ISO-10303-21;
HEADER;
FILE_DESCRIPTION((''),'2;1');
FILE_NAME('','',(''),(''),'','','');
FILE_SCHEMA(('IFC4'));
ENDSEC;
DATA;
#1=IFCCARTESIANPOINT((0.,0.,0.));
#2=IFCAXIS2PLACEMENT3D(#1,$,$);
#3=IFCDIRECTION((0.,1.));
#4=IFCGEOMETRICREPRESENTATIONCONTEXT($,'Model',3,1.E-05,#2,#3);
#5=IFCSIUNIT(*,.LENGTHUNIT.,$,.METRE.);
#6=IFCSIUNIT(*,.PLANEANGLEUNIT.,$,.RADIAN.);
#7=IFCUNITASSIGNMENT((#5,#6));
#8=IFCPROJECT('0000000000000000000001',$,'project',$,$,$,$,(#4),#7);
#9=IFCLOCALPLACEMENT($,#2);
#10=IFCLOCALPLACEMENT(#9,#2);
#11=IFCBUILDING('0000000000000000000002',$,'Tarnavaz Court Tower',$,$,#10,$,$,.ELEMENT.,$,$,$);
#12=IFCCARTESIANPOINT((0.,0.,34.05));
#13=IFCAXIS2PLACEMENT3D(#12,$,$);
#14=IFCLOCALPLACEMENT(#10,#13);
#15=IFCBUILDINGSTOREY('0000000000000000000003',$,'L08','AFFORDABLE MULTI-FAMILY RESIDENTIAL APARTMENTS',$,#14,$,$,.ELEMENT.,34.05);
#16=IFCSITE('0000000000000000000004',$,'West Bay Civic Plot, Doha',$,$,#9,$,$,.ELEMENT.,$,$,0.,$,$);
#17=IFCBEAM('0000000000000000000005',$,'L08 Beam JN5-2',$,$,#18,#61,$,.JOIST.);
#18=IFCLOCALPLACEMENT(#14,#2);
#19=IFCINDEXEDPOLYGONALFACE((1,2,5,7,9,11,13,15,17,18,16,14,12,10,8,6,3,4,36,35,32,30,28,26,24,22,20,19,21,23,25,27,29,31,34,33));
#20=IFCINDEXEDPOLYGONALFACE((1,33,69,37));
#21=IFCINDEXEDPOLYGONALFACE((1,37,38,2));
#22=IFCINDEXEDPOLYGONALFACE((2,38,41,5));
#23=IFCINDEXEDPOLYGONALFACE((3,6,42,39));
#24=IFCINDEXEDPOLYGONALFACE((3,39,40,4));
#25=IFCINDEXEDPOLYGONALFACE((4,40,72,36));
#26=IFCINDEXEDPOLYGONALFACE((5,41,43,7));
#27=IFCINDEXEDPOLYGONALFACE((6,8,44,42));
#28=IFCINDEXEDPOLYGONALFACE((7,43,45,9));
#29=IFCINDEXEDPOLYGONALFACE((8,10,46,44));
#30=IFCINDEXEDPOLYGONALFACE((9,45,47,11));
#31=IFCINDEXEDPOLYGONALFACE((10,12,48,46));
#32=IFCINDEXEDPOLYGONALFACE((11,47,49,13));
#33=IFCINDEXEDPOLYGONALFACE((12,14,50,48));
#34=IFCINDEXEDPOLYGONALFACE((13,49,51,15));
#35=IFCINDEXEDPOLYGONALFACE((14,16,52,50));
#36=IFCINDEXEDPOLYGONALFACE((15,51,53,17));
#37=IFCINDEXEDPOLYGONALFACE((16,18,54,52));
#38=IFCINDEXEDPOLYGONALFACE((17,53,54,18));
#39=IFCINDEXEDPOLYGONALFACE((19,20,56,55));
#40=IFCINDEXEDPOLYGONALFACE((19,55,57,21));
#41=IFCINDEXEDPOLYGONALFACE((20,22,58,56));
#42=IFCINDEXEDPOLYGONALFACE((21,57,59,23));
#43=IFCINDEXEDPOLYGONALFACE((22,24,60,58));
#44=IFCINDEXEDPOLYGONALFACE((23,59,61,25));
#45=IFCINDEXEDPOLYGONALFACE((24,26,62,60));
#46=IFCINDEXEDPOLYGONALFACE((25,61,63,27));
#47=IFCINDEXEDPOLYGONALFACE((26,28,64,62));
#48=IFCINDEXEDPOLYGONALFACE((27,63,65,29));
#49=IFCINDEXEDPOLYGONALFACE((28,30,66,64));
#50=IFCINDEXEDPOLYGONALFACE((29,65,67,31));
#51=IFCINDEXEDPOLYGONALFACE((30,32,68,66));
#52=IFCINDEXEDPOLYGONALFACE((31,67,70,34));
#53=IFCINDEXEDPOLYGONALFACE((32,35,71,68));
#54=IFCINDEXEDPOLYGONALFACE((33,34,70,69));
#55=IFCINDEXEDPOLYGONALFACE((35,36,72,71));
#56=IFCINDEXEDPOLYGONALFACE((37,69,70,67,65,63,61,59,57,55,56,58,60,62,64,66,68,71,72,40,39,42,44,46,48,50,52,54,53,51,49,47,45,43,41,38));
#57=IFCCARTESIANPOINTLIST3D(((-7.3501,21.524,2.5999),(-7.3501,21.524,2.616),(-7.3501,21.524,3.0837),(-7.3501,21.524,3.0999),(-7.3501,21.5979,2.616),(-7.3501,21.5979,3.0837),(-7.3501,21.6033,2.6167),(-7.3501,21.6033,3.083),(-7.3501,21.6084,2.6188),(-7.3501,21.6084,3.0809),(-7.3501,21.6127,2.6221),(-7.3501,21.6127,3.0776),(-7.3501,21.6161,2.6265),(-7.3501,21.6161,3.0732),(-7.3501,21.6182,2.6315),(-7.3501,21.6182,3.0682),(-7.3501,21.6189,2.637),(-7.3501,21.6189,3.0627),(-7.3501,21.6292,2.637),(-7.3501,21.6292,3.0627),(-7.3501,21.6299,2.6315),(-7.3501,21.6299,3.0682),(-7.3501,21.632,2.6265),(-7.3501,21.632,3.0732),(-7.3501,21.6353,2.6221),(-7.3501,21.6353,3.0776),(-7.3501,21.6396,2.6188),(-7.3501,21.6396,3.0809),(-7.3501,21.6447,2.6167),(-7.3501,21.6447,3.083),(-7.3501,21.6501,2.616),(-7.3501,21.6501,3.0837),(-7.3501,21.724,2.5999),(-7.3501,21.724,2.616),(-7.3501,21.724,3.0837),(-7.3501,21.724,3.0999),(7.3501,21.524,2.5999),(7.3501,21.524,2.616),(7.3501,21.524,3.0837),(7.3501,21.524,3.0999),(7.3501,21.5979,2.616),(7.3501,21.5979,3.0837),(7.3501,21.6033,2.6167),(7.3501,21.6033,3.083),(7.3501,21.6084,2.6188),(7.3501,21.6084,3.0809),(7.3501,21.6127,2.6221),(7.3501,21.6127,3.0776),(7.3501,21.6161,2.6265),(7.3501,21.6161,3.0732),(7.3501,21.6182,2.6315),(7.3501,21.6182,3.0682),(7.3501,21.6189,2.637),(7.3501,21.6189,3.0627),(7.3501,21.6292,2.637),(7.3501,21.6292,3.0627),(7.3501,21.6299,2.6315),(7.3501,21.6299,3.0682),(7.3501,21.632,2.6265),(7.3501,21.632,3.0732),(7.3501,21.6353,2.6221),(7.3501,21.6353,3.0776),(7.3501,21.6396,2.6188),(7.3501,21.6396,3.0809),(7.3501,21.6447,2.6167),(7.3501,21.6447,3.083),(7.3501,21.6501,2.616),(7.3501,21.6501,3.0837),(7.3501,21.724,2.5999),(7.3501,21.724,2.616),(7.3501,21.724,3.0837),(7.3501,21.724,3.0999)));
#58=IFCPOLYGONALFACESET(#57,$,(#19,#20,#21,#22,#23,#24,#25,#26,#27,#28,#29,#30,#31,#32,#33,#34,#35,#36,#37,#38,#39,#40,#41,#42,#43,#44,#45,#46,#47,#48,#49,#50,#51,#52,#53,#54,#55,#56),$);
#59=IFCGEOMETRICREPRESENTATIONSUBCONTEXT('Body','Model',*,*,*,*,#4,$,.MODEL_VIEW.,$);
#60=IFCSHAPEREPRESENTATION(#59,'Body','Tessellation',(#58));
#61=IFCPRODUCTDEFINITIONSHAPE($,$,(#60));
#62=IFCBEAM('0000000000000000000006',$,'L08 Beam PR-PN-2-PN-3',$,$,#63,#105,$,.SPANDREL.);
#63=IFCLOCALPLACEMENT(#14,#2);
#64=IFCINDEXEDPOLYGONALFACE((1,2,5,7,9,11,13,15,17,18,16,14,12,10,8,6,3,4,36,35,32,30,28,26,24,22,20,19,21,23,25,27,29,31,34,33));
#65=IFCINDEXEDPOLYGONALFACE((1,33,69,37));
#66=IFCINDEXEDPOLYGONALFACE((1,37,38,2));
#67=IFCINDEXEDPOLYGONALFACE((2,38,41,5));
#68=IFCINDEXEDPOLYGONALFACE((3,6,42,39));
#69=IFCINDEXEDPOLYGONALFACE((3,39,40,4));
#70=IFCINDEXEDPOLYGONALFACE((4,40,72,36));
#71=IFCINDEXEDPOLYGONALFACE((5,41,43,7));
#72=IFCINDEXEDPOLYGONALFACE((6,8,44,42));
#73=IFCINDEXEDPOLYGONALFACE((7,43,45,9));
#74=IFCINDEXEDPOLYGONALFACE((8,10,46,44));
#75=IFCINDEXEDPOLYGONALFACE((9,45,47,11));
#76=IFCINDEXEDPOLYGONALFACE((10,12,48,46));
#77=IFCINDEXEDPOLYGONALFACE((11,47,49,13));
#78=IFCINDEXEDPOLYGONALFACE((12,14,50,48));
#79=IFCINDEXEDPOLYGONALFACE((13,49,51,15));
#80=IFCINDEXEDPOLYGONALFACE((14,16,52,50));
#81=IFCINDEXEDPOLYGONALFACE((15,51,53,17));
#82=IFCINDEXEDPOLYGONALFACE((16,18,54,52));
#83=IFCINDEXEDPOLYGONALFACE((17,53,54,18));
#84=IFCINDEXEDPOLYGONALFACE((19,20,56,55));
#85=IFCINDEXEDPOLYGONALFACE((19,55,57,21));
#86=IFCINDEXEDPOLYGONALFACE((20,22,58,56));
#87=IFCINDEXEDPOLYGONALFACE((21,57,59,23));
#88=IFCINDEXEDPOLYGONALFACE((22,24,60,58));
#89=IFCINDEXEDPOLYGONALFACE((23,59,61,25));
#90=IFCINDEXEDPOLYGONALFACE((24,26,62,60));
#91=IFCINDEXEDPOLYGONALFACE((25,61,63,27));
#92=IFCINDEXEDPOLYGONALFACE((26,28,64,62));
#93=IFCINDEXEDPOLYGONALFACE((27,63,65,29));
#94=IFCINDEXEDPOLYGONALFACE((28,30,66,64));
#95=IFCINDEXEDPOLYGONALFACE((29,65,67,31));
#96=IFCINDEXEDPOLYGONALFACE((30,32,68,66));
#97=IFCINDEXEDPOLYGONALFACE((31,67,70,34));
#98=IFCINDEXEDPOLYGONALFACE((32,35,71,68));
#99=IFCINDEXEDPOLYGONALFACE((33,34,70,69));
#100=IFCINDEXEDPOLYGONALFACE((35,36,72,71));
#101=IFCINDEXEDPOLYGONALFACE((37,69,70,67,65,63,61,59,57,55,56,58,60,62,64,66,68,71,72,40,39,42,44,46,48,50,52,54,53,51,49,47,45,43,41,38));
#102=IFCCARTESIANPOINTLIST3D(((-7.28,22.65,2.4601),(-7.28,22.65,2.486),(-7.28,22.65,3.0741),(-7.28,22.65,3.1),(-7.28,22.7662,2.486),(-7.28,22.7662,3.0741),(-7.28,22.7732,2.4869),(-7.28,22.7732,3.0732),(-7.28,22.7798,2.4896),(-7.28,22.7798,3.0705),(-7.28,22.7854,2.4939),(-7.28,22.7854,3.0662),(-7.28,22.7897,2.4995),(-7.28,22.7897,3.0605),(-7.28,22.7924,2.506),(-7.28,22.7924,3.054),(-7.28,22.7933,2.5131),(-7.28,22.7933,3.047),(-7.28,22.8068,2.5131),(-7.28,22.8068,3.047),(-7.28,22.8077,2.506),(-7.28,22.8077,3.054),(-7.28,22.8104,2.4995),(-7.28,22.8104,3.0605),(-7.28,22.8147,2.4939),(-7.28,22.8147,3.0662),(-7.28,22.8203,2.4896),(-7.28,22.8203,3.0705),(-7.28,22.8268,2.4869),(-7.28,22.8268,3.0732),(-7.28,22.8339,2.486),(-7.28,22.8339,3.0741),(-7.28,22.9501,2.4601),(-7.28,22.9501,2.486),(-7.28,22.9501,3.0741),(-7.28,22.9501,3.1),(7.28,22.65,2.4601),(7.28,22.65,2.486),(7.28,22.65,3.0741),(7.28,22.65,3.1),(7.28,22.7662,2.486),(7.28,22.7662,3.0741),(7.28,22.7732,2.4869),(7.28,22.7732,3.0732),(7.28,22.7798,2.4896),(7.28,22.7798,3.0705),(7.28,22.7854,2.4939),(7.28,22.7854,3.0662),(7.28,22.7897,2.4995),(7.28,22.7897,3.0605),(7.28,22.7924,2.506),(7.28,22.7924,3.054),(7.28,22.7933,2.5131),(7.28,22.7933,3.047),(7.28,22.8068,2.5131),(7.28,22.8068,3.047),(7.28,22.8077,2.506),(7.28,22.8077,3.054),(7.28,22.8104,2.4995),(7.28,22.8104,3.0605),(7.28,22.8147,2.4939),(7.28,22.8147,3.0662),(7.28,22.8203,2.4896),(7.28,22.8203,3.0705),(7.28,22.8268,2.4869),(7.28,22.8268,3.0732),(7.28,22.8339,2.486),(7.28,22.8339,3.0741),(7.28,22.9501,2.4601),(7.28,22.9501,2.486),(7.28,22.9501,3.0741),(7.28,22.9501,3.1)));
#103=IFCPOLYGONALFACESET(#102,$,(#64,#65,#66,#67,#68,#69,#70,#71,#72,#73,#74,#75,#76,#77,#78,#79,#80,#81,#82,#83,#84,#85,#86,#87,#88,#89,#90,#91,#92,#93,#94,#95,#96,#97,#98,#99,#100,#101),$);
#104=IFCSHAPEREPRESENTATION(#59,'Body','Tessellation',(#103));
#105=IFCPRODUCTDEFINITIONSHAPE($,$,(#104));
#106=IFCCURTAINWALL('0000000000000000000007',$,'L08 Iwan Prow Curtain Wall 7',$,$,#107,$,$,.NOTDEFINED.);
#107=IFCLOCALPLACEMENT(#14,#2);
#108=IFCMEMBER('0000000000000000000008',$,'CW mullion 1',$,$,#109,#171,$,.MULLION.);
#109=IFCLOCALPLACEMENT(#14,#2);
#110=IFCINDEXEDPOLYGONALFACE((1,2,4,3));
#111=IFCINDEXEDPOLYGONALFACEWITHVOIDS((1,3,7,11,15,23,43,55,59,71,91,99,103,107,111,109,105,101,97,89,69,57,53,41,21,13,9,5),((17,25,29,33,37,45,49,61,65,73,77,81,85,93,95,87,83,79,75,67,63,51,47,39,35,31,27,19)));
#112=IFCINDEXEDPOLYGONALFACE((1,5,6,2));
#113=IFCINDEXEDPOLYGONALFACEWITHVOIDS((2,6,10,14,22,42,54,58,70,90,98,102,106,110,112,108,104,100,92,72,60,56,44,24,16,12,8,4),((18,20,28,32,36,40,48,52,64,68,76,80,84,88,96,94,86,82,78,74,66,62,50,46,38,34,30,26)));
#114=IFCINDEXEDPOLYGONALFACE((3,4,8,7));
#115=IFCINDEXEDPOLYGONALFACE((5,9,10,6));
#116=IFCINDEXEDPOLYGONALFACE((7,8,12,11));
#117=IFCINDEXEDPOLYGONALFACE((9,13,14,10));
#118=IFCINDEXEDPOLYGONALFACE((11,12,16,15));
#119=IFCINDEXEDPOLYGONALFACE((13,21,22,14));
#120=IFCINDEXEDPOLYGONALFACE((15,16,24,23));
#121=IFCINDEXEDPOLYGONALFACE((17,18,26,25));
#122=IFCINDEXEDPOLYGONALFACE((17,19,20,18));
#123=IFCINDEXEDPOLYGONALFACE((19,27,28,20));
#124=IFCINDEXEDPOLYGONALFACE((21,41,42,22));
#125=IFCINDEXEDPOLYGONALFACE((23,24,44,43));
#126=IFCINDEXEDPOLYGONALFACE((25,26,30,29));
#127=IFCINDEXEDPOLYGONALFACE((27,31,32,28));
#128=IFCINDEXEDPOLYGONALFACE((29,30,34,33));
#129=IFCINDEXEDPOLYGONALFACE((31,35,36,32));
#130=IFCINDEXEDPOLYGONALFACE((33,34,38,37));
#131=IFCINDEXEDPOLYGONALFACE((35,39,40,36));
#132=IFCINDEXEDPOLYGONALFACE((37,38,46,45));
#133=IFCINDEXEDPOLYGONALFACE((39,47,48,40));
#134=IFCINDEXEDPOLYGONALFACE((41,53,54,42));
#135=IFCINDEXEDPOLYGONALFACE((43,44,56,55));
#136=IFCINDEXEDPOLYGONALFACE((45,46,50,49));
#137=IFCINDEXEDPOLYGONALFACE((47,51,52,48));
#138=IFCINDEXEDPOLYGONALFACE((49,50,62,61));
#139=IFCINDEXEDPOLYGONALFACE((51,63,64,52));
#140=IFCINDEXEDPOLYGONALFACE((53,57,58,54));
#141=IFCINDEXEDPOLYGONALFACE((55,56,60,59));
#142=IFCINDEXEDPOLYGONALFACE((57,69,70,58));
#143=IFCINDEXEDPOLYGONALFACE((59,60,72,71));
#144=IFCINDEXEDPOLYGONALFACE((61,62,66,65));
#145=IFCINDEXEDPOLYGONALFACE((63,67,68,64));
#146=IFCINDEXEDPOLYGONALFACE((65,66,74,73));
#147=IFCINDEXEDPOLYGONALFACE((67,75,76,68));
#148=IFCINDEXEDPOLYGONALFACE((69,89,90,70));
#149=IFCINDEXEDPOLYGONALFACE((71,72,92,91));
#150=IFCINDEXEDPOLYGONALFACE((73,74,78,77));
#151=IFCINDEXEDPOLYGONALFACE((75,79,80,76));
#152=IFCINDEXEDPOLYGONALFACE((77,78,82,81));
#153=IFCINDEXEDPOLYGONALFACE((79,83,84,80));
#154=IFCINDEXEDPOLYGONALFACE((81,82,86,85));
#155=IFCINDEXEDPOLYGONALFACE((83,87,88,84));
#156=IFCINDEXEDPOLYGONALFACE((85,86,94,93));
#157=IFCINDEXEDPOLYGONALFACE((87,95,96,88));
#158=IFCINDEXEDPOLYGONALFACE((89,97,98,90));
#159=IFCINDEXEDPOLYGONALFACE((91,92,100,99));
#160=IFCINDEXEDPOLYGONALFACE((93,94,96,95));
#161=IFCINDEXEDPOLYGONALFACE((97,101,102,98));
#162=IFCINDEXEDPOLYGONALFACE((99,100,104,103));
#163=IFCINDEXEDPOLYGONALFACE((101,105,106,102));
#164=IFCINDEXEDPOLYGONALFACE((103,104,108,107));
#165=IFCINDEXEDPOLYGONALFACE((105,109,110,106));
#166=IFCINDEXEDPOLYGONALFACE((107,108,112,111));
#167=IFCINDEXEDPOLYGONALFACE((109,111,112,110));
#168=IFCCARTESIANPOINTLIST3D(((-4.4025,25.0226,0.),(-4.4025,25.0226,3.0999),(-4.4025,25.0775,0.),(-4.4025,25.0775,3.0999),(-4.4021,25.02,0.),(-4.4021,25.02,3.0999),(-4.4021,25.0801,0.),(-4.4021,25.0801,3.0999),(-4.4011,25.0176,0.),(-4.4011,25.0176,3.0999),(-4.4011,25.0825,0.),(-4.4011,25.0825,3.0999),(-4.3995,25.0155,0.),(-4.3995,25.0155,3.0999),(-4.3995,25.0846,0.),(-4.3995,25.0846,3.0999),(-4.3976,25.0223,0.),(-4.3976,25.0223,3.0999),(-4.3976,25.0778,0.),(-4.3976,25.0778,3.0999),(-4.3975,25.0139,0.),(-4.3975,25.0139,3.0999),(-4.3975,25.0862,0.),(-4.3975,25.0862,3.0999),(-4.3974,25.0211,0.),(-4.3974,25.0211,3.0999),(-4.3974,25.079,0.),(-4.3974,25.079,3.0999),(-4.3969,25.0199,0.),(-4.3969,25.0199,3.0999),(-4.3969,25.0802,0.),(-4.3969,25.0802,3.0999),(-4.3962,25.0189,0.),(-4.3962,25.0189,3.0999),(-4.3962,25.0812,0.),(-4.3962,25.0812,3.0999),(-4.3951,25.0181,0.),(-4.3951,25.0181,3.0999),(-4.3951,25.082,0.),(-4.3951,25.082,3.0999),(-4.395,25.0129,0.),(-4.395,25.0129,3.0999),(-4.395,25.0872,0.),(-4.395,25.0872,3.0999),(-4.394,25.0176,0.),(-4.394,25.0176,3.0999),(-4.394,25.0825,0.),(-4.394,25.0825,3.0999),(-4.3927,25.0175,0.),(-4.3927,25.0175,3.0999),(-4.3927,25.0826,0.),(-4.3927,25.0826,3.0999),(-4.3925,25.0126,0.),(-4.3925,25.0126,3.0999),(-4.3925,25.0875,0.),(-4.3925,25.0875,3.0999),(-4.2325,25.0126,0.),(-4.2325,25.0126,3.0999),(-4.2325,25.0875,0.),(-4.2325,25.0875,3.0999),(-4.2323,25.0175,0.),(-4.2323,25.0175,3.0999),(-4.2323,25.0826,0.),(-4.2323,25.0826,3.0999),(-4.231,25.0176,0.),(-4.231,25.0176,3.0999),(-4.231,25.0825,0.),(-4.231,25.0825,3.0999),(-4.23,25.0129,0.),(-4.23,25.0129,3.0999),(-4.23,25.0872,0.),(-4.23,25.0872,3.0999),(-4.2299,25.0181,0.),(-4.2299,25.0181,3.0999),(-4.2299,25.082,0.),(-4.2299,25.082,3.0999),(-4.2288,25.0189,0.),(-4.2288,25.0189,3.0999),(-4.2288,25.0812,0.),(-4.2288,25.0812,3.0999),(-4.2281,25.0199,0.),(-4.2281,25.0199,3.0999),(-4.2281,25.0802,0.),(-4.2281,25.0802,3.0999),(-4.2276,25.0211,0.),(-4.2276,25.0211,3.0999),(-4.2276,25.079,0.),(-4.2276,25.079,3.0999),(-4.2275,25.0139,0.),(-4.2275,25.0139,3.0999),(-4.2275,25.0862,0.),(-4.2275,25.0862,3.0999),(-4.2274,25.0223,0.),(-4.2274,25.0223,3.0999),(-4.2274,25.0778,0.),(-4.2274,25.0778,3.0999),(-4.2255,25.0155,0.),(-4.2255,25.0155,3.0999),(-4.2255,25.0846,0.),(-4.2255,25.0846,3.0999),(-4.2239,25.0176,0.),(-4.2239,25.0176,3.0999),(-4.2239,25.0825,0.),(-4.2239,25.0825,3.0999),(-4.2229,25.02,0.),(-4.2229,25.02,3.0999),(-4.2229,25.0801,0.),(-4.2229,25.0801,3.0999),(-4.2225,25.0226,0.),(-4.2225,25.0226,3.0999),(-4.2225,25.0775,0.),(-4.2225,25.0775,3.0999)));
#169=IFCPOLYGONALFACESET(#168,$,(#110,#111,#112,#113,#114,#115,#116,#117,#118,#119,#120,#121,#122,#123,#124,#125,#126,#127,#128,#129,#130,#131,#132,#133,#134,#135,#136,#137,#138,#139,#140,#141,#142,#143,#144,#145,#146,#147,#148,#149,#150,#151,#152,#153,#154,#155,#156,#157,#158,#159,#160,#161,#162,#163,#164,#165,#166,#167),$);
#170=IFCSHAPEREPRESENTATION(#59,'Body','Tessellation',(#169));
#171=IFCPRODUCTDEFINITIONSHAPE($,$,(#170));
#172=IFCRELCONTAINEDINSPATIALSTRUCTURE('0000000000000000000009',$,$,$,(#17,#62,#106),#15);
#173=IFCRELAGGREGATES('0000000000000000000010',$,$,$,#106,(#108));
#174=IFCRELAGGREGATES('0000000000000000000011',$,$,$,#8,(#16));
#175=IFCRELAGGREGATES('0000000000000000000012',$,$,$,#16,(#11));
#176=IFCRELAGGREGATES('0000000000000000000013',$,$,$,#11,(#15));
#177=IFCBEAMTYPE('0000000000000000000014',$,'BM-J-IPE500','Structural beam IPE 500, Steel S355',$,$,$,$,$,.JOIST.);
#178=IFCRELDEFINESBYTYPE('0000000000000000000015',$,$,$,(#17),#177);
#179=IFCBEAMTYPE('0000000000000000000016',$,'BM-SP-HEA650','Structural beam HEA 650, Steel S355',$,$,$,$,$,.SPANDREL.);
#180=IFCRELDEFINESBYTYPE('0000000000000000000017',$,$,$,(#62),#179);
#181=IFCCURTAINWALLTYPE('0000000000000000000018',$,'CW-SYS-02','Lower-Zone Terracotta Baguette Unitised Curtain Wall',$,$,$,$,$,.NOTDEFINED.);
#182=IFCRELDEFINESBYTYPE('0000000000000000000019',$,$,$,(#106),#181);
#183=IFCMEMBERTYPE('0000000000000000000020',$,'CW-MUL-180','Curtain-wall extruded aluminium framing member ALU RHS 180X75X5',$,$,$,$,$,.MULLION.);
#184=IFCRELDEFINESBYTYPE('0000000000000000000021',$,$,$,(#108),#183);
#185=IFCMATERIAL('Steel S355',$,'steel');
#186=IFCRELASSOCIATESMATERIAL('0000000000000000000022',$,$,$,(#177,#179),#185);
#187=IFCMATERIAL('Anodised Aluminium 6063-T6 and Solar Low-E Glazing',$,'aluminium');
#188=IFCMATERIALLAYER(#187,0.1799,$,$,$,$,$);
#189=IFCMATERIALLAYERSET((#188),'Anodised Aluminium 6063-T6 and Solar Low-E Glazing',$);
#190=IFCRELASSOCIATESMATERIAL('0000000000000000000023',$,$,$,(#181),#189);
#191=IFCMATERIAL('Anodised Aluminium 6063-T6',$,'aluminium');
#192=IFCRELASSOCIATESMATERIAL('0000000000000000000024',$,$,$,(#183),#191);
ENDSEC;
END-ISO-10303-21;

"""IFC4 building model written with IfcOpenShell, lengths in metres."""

from ifc_helpers import new_model, si_unit, direction, frame, origin, origin_2d, place, context, subcontext, project, spatial, hollow_rectangle, i_section, extrude, material, layer, layer_set, material_profile, profile_set, type_object, element, aggregate, save


model = new_model("IFC4")

# Units and contexts
model_context = context("Model", 3, precision=1e-05, world=origin(), true_north=direction((0.0, 1.0)))
body_context = subcontext(model_context, "Body", "Model", "MODEL_VIEW")
ifc_project = project(units=[si_unit("LENGTHUNIT", "METRE"), si_unit("PLANEANGLEUNIT", "RADIAN")], contexts=[model_context])

# Site, building, storey
site_placement = place(None, origin())
site = spatial("IfcSite", under=ifc_project, at=site_placement, Name="West Bay Civic Plot, Doha", CompositionType="ELEMENT", RefElevation=0.0)
building_placement = place(site_placement, origin())
building = spatial("IfcBuilding", under=site, at=building_placement, Name="Tarnavaz Court Tower", CompositionType="ELEMENT")
storey_placement = place(building_placement, frame((0.0, 0.0, 34.05)))
storey = spatial("IfcBuildingStorey", under=building, at=storey_placement, Name="L08", Description="AFFORDABLE MULTI-FAMILY RESIDENTIAL APARTMENTS", CompositionType="ELEMENT", Elevation=34.05)

# Beams
ifc_material_1 = material(Name="Steel S355", Category="steel")
ifc_material_profile_1 = material_profile(ifc_material_1, i_section(OverallWidth=0.2, OverallDepth=0.5, WebThickness=0.0103, FlangeThickness=0.0161, FilletRadius=0.021, at=origin_2d()), Name="IPE 500")
ifc_profile_set_1 = profile_set([ifc_material_profile_1], Name="Steel S355")
beam_type_1 = type_object("IfcBeamType", Name="BM-J-IPE500", Description="Structural beam IPE 500, Steel S355", PredefinedType="JOIST", material=ifc_profile_set_1)
for number, where, z_axis, x_axis, name in (
    (1, (-7.3501, 21.624, 2.8499), (1.0, 0.0, 0.0), (0.0, 1.0, 0.0), "L08 Beam JN5-2"),
):
    element("IfcBeam", number, at=place(storey_placement, frame(where, z_axis=z_axis, x_axis=x_axis)), inside=storey, type_object=beam_type_1, Name=name, PredefinedType="JOIST", context=body_context, shape_type="SweptSolid", body=[
        extrude(i_section(OverallWidth=0.2, OverallDepth=0.5, WebThickness=0.0103, FlangeThickness=0.0161, FilletRadius=0.021, at=origin_2d()), origin(), (0.0, 0.0, 1.0), 14.7002),
    ])
ifc_material_profile_2 = material_profile(ifc_material_1, i_section(OverallWidth=0.3, OverallDepth=0.6399, WebThickness=0.0134, FlangeThickness=0.0259, FilletRadius=0.0271, at=origin_2d()), Name="HEA 650")
ifc_profile_set_2 = profile_set([ifc_material_profile_2], Name="Steel S355")
beam_type_2 = type_object("IfcBeamType", Name="BM-SP-HEA650", Description="Structural beam HEA 650, Steel S355", PredefinedType="SPANDREL", material=ifc_profile_set_2)
beam_placement = place(storey_placement, frame((-7.28, 22.8, 2.78), z_axis=(1.0, 0.0, 0.0), x_axis=(0.0, 1.0, 0.0)))
element("IfcBeam", 2, at=beam_placement, inside=storey, type_object=beam_type_2, Name="L08 Beam PR-PN-2-PN-3", PredefinedType="SPANDREL", context=body_context, shape_type="SweptSolid", body=[
    extrude(i_section(OverallWidth=0.3, OverallDepth=0.6399, WebThickness=0.0134, FlangeThickness=0.0259, FilletRadius=0.0271, at=origin_2d()), origin(), (0.0, 0.0, 1.0), 14.5601),
])

# Curtain wall, member
ifc_material_2 = material(Name="Anodised Aluminium 6063-T6 and Solar Low-E Glazing", Category="aluminium")
ifc_layer_1 = layer(ifc_material_2, 0.1799)
ifc_layer_set_1 = layer_set([ifc_layer_1], Name="Anodised Aluminium 6063-T6 and Solar Low-E Glazing")
curtain_wall_type = type_object("IfcCurtainWallType", Name="CW-SYS-02", Description="Lower-Zone Terracotta Baguette Unitised Curtain Wall", PredefinedType="NOTDEFINED", material=ifc_layer_set_1)
curtain_wall_placement = place(storey_placement, origin())
curtain_wall = element("IfcCurtainWall", 3, at=curtain_wall_placement, inside=storey, type_object=curtain_wall_type, Name="L08 Iwan Prow Curtain Wall 7", PredefinedType="NOTDEFINED")
ifc_material_3 = material(Name="Anodised Aluminium 6063-T6", Category="aluminium")
ifc_material_profile_3 = material_profile(ifc_material_3, hollow_rectangle(XDim=0.075, YDim=0.1799, WallThickness=0.0049, InnerFilletRadius=0.0049, OuterFilletRadius=0.01, at=origin_2d()), Name="ALU RHS 180X75X5")
ifc_profile_set_3 = profile_set([ifc_material_profile_3], Name="Anodised Aluminium 6063-T6")
member_type_1 = type_object("IfcMemberType", Name="CW-MUL-180", Description="Curtain-wall extruded aluminium framing member ALU RHS 180X75X5", PredefinedType="MULLION", material=ifc_profile_set_3)
member_1_placement = place(storey_placement, frame((-4.3125, 25.05, 0.0), z_axis=(0.0, 0.0, 1.0), x_axis=(0.0, 1.0, 0.0)))
member_1 = element("IfcMember", 4, at=member_1_placement, type_object=member_type_1, Name="CW mullion 1", PredefinedType="MULLION", context=body_context, shape_type="SweptSolid", body=[
    extrude(hollow_rectangle(XDim=0.075, YDim=0.1799, WallThickness=0.0049, InnerFilletRadius=0.0049, OuterFilletRadius=0.01, at=origin_2d()), origin(), (0.0, 0.0, 1.0), 3.0999),
])
aggregate(curtain_wall, [member_1])

save(model, "model.ifc")
